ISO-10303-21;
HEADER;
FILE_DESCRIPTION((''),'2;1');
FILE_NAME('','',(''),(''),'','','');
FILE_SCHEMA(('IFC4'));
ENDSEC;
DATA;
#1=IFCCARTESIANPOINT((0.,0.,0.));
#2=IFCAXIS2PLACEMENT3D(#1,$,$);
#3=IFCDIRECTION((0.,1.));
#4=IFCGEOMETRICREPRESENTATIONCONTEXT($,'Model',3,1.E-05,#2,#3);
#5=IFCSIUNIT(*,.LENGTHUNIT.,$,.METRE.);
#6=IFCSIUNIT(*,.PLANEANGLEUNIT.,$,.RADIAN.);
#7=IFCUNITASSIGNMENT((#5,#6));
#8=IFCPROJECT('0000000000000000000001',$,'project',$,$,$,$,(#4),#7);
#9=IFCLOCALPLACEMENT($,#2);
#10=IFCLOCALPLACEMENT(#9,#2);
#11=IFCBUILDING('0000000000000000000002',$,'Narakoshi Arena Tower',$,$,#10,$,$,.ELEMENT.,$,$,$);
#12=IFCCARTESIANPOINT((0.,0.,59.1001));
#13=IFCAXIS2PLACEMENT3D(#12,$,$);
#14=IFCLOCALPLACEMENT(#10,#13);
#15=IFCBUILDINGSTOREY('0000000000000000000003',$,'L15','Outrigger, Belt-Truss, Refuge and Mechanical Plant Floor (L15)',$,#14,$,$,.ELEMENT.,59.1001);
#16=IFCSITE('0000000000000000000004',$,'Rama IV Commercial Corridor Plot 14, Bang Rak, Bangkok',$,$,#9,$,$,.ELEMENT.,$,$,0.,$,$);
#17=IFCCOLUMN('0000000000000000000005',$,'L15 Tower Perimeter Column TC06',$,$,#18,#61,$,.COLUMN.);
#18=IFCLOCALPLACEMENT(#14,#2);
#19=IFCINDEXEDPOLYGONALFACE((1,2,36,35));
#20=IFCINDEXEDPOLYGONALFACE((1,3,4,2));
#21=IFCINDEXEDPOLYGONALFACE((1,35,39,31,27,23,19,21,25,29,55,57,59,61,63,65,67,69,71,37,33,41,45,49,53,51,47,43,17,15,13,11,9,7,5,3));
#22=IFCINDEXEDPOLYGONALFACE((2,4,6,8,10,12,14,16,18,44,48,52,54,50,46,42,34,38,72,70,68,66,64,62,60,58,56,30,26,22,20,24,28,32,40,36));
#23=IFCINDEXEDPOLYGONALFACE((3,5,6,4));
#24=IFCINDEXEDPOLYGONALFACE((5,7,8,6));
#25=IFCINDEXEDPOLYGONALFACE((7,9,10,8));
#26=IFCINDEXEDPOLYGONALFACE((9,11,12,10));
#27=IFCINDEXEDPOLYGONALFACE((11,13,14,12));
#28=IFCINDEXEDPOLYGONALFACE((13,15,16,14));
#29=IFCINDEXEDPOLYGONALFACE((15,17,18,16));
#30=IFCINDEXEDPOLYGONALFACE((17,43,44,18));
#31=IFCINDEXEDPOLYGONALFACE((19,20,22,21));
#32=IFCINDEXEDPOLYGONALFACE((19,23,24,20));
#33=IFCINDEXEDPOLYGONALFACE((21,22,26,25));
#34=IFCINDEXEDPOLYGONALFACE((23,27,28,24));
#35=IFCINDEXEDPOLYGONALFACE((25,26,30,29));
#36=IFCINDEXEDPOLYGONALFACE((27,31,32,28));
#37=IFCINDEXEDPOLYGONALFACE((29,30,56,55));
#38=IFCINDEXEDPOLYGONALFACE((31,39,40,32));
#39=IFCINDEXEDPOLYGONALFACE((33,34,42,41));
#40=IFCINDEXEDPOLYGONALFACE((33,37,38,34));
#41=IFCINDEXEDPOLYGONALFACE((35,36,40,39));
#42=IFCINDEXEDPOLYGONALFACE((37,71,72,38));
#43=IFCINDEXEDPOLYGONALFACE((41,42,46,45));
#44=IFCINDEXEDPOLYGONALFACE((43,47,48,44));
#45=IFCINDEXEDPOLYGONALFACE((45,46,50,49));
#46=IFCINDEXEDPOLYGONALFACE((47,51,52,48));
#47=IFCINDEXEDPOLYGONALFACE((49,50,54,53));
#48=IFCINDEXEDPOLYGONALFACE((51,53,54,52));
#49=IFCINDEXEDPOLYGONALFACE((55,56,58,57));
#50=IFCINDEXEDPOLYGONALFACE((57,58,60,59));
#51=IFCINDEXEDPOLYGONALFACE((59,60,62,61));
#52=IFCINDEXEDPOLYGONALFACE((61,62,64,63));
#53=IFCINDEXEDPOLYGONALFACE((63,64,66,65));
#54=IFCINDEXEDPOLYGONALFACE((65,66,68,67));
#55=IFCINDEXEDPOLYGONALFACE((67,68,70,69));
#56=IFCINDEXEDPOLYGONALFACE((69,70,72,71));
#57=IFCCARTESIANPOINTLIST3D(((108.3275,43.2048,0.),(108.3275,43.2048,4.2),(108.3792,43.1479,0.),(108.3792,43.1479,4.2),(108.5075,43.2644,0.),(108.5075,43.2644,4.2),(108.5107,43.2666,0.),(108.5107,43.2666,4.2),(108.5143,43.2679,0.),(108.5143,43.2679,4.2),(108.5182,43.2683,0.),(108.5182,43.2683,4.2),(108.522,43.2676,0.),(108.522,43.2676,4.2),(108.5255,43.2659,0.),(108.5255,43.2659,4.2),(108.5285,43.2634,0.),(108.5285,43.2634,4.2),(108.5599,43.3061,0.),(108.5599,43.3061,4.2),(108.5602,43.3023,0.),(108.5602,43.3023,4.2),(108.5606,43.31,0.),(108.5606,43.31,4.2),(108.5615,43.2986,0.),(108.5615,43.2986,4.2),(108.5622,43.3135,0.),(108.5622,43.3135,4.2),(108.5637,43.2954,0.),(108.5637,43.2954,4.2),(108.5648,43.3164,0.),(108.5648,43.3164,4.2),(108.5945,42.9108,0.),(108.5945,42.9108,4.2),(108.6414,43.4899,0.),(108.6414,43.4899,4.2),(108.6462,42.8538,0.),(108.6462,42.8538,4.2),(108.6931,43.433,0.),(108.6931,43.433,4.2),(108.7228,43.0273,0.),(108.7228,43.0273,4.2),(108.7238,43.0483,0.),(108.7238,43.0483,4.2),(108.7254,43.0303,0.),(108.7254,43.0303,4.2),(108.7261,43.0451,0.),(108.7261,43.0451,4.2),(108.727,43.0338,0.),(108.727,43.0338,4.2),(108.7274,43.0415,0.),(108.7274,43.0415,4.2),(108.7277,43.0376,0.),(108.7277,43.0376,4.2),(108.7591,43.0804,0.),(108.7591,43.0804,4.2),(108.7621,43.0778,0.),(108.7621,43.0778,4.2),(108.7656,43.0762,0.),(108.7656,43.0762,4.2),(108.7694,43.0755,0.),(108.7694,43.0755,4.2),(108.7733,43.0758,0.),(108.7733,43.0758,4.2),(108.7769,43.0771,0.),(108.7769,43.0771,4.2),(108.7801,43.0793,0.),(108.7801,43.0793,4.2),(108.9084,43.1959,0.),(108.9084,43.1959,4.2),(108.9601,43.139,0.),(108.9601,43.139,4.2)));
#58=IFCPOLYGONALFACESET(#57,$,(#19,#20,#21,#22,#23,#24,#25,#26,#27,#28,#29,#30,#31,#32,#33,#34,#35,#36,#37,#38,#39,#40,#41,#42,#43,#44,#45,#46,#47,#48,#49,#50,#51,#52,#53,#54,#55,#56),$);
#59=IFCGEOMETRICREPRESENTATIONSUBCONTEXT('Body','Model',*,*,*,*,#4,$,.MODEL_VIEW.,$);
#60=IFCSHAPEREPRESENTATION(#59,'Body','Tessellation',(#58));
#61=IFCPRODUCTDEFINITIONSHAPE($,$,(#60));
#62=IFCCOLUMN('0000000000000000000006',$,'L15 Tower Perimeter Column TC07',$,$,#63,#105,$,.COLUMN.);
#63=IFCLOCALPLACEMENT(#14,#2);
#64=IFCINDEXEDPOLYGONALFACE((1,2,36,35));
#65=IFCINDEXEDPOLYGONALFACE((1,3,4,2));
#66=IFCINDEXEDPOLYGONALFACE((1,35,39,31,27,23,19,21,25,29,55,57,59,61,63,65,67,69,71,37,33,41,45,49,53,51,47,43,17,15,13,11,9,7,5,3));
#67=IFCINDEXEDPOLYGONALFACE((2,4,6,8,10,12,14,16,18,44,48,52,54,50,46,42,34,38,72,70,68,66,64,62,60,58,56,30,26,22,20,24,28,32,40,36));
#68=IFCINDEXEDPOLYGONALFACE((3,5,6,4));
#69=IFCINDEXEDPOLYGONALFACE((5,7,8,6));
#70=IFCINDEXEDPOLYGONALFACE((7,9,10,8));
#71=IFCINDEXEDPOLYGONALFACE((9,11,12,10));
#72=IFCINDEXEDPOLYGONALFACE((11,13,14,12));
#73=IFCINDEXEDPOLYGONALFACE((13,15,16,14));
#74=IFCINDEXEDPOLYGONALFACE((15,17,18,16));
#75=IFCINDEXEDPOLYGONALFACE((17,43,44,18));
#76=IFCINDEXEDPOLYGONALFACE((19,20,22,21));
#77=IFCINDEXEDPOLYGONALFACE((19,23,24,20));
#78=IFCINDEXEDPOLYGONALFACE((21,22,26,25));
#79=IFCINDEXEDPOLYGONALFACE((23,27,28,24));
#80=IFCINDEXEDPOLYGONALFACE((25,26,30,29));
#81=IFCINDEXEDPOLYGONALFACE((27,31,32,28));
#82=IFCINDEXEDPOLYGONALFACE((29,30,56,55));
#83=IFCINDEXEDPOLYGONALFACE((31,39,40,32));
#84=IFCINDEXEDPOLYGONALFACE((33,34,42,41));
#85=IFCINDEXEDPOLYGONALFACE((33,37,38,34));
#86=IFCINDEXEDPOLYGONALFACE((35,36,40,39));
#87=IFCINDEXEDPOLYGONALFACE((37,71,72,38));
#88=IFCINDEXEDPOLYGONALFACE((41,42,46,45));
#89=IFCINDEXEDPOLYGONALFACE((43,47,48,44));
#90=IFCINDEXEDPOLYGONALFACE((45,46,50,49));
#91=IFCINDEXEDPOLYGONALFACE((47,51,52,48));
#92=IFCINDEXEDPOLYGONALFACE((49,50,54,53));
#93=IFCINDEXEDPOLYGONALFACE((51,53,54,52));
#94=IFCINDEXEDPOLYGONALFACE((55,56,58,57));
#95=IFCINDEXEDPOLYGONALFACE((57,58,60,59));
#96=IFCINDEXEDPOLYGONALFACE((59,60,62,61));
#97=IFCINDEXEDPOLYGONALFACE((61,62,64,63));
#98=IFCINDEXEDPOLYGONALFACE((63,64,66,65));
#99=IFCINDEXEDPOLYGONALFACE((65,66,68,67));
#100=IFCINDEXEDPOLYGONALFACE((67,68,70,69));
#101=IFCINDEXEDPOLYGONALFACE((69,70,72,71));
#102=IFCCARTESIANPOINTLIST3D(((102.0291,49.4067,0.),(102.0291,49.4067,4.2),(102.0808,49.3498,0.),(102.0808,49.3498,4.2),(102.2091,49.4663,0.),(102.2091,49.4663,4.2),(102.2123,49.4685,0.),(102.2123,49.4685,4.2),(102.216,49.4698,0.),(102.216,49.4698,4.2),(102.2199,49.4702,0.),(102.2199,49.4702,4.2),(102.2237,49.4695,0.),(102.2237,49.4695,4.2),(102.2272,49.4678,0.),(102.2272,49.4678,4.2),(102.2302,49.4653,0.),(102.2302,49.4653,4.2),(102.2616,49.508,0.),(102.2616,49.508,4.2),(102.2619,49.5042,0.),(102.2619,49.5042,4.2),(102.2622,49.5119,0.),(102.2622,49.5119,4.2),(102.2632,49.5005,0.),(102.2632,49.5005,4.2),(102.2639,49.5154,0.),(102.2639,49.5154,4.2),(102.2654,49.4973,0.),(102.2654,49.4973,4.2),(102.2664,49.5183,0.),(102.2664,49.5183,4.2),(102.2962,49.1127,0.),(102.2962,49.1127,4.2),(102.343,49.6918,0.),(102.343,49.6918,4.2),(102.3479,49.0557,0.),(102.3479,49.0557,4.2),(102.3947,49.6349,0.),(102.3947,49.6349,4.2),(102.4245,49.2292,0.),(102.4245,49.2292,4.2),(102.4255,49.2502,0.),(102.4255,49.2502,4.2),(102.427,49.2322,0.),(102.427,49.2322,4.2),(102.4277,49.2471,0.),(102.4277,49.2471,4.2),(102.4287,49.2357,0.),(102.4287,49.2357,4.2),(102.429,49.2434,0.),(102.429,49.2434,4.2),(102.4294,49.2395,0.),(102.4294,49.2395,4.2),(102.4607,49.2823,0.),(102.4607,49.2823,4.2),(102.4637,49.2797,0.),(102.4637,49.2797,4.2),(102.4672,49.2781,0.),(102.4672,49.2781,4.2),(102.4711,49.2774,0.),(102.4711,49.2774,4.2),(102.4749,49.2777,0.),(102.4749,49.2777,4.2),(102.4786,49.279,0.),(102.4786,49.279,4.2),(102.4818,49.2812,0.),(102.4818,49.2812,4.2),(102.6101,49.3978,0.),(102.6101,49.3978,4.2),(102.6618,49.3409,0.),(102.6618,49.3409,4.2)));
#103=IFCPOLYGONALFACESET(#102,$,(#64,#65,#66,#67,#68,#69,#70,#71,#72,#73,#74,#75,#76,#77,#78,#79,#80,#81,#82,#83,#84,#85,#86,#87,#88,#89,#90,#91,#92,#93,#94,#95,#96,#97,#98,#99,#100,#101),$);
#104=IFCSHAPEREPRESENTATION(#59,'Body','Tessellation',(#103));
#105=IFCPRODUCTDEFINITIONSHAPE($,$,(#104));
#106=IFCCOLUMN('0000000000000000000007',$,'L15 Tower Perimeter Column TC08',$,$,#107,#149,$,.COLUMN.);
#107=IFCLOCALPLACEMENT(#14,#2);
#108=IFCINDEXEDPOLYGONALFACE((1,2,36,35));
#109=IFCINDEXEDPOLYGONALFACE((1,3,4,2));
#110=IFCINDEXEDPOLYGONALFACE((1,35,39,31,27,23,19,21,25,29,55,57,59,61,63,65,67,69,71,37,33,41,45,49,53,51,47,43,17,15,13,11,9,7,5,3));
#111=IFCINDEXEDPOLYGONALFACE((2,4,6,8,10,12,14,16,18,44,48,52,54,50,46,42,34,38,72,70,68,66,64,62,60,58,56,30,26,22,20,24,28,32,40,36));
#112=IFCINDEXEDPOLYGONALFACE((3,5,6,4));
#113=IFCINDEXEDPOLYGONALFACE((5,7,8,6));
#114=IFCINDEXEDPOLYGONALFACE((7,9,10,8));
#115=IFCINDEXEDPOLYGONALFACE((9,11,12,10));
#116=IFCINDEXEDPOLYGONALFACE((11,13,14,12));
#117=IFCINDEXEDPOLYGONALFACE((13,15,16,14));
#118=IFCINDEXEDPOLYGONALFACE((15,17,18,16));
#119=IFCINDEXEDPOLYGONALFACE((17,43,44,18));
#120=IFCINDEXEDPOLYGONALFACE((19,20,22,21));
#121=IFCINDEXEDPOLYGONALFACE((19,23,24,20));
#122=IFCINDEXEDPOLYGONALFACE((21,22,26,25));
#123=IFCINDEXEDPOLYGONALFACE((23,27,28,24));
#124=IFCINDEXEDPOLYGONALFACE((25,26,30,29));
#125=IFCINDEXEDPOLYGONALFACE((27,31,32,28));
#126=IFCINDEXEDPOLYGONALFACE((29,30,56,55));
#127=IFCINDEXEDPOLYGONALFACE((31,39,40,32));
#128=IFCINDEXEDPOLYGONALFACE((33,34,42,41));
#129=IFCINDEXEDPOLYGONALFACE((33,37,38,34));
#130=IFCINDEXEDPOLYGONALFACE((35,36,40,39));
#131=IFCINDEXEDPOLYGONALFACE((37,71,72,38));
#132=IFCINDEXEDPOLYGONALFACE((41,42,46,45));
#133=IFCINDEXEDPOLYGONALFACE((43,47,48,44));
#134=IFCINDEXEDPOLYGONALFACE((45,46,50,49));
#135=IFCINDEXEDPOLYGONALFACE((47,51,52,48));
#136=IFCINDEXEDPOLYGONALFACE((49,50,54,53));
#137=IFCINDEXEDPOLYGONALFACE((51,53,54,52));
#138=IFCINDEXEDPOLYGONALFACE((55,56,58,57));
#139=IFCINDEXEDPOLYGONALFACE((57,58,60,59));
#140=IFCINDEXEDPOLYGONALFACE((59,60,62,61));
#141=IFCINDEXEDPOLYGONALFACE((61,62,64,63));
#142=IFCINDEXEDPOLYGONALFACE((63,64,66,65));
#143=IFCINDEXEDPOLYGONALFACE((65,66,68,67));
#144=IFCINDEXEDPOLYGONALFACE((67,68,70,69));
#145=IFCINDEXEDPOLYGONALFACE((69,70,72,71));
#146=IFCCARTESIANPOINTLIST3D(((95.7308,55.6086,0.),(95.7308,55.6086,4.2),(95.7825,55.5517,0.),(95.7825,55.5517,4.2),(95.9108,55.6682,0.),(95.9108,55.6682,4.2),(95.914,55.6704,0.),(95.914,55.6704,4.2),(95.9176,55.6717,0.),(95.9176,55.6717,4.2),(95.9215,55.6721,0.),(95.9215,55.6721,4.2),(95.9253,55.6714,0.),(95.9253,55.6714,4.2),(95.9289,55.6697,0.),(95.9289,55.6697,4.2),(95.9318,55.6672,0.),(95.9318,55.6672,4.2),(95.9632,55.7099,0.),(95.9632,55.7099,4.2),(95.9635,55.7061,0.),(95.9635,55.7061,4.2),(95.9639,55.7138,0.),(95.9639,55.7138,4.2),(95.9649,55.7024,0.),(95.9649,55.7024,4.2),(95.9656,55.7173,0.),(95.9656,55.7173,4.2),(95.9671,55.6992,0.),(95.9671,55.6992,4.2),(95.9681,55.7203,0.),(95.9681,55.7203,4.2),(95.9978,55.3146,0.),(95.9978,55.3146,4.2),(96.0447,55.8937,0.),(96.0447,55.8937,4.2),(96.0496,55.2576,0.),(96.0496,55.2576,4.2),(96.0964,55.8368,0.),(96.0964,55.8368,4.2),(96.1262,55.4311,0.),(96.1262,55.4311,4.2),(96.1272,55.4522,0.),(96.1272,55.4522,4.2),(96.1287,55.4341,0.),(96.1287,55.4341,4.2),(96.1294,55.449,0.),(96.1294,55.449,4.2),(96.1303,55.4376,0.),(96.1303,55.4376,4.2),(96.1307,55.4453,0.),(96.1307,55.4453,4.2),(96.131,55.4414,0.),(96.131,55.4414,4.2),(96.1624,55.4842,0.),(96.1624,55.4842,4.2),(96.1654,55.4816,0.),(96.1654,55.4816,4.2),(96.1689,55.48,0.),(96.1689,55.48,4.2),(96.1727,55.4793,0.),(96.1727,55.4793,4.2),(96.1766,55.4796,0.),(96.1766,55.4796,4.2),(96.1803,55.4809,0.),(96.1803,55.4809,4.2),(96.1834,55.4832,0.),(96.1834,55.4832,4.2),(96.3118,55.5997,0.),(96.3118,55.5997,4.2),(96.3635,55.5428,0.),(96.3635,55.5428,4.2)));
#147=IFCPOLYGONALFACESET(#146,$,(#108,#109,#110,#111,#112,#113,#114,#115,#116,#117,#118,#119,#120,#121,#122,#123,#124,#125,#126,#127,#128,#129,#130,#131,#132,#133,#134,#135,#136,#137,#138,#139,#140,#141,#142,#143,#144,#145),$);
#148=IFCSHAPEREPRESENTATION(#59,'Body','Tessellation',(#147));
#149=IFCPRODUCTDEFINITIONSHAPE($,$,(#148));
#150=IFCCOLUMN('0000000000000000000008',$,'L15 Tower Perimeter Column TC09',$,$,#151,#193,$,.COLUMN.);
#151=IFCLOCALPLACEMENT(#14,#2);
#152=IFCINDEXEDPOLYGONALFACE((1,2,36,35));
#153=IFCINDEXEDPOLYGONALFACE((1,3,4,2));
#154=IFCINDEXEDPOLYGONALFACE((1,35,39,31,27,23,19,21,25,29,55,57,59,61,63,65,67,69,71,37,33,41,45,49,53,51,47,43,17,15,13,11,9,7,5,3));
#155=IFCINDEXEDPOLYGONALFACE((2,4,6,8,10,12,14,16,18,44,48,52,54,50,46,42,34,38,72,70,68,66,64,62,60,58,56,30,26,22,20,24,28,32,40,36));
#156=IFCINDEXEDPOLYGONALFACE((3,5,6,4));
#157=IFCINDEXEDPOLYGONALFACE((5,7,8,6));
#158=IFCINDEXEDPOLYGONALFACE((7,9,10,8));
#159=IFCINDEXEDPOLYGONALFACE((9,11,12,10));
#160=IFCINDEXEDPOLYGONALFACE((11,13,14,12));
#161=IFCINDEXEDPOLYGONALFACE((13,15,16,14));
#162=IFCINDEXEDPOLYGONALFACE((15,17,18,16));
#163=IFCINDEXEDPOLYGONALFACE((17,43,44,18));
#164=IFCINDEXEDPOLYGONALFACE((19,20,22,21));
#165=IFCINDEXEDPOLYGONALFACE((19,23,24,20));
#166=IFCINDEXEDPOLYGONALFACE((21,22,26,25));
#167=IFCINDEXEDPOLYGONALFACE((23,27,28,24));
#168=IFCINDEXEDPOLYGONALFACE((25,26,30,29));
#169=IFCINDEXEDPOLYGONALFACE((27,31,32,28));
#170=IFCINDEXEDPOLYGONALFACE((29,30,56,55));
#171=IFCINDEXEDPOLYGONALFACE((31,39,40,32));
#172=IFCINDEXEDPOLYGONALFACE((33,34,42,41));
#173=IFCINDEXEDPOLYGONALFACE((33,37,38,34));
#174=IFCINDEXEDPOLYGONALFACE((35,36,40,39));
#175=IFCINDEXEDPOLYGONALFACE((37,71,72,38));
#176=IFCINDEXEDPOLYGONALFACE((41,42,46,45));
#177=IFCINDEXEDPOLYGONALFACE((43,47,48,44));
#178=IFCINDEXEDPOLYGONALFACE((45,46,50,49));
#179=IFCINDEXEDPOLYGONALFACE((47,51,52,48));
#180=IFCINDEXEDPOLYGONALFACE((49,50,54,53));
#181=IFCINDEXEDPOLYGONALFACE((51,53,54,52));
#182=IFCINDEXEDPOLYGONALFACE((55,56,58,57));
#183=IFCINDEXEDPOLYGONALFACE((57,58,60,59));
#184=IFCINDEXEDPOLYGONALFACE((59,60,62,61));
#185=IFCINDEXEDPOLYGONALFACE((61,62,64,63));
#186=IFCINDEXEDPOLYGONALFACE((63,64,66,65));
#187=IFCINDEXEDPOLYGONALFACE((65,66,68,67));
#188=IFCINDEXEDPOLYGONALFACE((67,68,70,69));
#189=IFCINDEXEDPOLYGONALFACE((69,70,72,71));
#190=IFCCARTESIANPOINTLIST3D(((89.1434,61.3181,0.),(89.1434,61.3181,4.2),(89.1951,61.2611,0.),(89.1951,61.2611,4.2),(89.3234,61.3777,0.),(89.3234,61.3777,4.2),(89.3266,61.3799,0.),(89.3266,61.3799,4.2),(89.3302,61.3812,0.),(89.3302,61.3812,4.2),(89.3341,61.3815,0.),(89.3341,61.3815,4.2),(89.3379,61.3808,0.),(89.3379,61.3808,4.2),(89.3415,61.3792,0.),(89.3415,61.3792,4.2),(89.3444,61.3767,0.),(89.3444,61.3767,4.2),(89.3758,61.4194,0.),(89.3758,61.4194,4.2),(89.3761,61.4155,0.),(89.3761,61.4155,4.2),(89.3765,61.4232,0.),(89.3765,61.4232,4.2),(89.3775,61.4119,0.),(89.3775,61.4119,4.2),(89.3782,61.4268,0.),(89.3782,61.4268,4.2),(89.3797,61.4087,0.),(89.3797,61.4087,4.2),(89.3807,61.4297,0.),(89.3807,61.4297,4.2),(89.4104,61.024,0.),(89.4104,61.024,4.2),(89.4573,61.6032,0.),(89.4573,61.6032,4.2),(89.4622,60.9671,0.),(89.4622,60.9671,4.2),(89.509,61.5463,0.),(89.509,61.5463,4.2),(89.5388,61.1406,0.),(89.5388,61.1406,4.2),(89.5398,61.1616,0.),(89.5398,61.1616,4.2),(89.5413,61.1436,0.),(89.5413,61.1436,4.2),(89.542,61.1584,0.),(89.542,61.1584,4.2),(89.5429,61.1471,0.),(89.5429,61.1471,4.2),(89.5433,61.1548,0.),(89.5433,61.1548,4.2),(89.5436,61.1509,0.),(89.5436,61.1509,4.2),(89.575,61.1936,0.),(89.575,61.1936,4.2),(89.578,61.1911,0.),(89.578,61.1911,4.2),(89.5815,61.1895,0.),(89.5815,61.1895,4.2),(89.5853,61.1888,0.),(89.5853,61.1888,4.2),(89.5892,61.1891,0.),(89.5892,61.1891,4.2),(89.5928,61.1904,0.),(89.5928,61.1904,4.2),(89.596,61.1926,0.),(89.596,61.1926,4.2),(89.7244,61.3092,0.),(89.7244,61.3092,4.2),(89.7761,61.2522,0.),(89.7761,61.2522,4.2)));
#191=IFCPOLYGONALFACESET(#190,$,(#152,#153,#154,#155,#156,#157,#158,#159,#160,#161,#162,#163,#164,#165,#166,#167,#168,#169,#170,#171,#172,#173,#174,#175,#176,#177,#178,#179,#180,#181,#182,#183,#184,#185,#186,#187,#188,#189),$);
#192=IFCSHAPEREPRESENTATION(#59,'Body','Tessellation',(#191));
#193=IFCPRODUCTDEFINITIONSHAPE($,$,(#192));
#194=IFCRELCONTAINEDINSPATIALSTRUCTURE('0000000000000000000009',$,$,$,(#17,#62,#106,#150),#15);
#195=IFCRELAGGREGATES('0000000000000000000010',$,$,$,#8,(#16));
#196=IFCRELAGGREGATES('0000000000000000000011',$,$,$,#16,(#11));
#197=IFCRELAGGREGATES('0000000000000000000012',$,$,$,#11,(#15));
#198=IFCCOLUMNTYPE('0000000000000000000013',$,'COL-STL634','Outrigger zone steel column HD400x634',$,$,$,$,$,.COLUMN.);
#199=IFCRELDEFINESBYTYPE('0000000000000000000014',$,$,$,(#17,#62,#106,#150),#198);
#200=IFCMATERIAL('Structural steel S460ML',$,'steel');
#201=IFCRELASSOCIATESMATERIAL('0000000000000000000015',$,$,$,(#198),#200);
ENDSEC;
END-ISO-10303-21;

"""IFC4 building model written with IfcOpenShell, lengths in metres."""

from ifc_helpers import new_model, si_unit, direction, frame, origin, origin_2d, place, context, subcontext, project, spatial, i_section, extrude, material, material_profile, profile_set, type_object, element, save


model = new_model("IFC4")

# Units and contexts
model_context = context("Model", 3, precision=1e-05, world=origin(), true_north=direction((0.0, 1.0)))
body_context = subcontext(model_context, "Body", "Model", "MODEL_VIEW")
ifc_project = project(units=[si_unit("LENGTHUNIT", "METRE"), si_unit("PLANEANGLEUNIT", "RADIAN")], contexts=[model_context])

# Site, building, storey
site_placement = place(None, origin())
site = spatial("IfcSite", under=ifc_project, at=site_placement, Name="Rama IV Commercial Corridor Plot 14, Bang Rak, Bangkok", CompositionType="ELEMENT", RefElevation=0.0)
building_placement = place(site_placement, origin())
building = spatial("IfcBuilding", under=site, at=building_placement, Name="Narakoshi Arena Tower", CompositionType="ELEMENT")
storey_placement = place(building_placement, frame((0.0, 0.0, 59.1001)))
storey = spatial("IfcBuildingStorey", under=building, at=storey_placement, Name="L15", Description="Outrigger, Belt-Truss, Refuge and Mechanical Plant Floor (L15)", CompositionType="ELEMENT", Elevation=59.1001)

# Columns
ifc_material_1 = material(Name="Structural steel S460ML", Category="steel")
ifc_material_profile_1 = material_profile(ifc_material_1, i_section(OverallWidth=0.4241, OverallDepth=0.4741, WebThickness=0.0476, FlangeThickness=0.0769, FilletRadius=0.0149, at=origin_2d()), Name="HD400x634")
ifc_profile_set_1 = profile_set([ifc_material_profile_1], Name="Structural steel S460ML")
column_type = type_object("IfcColumnType", Name="COL-STL634", Description="Outrigger zone steel column HD400x634", PredefinedType="COLUMN", material=ifc_profile_set_1)
for number, where, z_axis, x_axis, name in (
    (1, (108.6438, 43.1719, 0.0), (0.0, 0.0, 1.0), (0.740218, 0.672367, 0.0), "L15 Tower Perimeter Column TC06"),
    (2, (102.3455, 49.3738, 0.0), (0.0, 0.0, 1.0), (0.740218, 0.672367, 0.0), "L15 Tower Perimeter Column TC07"),
    (3, (96.0471, 55.5757, 0.0), (0.0, 0.0, 1.0), (0.740218, 0.672367, 0.0), "L15 Tower Perimeter Column TC08"),
    (4, (89.4597, 61.2852, 0.0), (0.0, 0.0, 1.0), (0.740218, 0.672367, 0.0), "L15 Tower Perimeter Column TC09"),
):
    element("IfcColumn", number, at=place(storey_placement, frame(where, z_axis=z_axis, x_axis=x_axis)), inside=storey, type_object=column_type, Name=name, PredefinedType="COLUMN", context=body_context, shape_type="SweptSolid", body=[
        extrude(i_section(OverallWidth=0.4241, OverallDepth=0.4741, WebThickness=0.0476, FlangeThickness=0.0769, FilletRadius=0.0149, at=origin_2d()), origin(), (0.0, 0.0, 1.0), 4.2),
    ])

save(model, "model.ifc")
